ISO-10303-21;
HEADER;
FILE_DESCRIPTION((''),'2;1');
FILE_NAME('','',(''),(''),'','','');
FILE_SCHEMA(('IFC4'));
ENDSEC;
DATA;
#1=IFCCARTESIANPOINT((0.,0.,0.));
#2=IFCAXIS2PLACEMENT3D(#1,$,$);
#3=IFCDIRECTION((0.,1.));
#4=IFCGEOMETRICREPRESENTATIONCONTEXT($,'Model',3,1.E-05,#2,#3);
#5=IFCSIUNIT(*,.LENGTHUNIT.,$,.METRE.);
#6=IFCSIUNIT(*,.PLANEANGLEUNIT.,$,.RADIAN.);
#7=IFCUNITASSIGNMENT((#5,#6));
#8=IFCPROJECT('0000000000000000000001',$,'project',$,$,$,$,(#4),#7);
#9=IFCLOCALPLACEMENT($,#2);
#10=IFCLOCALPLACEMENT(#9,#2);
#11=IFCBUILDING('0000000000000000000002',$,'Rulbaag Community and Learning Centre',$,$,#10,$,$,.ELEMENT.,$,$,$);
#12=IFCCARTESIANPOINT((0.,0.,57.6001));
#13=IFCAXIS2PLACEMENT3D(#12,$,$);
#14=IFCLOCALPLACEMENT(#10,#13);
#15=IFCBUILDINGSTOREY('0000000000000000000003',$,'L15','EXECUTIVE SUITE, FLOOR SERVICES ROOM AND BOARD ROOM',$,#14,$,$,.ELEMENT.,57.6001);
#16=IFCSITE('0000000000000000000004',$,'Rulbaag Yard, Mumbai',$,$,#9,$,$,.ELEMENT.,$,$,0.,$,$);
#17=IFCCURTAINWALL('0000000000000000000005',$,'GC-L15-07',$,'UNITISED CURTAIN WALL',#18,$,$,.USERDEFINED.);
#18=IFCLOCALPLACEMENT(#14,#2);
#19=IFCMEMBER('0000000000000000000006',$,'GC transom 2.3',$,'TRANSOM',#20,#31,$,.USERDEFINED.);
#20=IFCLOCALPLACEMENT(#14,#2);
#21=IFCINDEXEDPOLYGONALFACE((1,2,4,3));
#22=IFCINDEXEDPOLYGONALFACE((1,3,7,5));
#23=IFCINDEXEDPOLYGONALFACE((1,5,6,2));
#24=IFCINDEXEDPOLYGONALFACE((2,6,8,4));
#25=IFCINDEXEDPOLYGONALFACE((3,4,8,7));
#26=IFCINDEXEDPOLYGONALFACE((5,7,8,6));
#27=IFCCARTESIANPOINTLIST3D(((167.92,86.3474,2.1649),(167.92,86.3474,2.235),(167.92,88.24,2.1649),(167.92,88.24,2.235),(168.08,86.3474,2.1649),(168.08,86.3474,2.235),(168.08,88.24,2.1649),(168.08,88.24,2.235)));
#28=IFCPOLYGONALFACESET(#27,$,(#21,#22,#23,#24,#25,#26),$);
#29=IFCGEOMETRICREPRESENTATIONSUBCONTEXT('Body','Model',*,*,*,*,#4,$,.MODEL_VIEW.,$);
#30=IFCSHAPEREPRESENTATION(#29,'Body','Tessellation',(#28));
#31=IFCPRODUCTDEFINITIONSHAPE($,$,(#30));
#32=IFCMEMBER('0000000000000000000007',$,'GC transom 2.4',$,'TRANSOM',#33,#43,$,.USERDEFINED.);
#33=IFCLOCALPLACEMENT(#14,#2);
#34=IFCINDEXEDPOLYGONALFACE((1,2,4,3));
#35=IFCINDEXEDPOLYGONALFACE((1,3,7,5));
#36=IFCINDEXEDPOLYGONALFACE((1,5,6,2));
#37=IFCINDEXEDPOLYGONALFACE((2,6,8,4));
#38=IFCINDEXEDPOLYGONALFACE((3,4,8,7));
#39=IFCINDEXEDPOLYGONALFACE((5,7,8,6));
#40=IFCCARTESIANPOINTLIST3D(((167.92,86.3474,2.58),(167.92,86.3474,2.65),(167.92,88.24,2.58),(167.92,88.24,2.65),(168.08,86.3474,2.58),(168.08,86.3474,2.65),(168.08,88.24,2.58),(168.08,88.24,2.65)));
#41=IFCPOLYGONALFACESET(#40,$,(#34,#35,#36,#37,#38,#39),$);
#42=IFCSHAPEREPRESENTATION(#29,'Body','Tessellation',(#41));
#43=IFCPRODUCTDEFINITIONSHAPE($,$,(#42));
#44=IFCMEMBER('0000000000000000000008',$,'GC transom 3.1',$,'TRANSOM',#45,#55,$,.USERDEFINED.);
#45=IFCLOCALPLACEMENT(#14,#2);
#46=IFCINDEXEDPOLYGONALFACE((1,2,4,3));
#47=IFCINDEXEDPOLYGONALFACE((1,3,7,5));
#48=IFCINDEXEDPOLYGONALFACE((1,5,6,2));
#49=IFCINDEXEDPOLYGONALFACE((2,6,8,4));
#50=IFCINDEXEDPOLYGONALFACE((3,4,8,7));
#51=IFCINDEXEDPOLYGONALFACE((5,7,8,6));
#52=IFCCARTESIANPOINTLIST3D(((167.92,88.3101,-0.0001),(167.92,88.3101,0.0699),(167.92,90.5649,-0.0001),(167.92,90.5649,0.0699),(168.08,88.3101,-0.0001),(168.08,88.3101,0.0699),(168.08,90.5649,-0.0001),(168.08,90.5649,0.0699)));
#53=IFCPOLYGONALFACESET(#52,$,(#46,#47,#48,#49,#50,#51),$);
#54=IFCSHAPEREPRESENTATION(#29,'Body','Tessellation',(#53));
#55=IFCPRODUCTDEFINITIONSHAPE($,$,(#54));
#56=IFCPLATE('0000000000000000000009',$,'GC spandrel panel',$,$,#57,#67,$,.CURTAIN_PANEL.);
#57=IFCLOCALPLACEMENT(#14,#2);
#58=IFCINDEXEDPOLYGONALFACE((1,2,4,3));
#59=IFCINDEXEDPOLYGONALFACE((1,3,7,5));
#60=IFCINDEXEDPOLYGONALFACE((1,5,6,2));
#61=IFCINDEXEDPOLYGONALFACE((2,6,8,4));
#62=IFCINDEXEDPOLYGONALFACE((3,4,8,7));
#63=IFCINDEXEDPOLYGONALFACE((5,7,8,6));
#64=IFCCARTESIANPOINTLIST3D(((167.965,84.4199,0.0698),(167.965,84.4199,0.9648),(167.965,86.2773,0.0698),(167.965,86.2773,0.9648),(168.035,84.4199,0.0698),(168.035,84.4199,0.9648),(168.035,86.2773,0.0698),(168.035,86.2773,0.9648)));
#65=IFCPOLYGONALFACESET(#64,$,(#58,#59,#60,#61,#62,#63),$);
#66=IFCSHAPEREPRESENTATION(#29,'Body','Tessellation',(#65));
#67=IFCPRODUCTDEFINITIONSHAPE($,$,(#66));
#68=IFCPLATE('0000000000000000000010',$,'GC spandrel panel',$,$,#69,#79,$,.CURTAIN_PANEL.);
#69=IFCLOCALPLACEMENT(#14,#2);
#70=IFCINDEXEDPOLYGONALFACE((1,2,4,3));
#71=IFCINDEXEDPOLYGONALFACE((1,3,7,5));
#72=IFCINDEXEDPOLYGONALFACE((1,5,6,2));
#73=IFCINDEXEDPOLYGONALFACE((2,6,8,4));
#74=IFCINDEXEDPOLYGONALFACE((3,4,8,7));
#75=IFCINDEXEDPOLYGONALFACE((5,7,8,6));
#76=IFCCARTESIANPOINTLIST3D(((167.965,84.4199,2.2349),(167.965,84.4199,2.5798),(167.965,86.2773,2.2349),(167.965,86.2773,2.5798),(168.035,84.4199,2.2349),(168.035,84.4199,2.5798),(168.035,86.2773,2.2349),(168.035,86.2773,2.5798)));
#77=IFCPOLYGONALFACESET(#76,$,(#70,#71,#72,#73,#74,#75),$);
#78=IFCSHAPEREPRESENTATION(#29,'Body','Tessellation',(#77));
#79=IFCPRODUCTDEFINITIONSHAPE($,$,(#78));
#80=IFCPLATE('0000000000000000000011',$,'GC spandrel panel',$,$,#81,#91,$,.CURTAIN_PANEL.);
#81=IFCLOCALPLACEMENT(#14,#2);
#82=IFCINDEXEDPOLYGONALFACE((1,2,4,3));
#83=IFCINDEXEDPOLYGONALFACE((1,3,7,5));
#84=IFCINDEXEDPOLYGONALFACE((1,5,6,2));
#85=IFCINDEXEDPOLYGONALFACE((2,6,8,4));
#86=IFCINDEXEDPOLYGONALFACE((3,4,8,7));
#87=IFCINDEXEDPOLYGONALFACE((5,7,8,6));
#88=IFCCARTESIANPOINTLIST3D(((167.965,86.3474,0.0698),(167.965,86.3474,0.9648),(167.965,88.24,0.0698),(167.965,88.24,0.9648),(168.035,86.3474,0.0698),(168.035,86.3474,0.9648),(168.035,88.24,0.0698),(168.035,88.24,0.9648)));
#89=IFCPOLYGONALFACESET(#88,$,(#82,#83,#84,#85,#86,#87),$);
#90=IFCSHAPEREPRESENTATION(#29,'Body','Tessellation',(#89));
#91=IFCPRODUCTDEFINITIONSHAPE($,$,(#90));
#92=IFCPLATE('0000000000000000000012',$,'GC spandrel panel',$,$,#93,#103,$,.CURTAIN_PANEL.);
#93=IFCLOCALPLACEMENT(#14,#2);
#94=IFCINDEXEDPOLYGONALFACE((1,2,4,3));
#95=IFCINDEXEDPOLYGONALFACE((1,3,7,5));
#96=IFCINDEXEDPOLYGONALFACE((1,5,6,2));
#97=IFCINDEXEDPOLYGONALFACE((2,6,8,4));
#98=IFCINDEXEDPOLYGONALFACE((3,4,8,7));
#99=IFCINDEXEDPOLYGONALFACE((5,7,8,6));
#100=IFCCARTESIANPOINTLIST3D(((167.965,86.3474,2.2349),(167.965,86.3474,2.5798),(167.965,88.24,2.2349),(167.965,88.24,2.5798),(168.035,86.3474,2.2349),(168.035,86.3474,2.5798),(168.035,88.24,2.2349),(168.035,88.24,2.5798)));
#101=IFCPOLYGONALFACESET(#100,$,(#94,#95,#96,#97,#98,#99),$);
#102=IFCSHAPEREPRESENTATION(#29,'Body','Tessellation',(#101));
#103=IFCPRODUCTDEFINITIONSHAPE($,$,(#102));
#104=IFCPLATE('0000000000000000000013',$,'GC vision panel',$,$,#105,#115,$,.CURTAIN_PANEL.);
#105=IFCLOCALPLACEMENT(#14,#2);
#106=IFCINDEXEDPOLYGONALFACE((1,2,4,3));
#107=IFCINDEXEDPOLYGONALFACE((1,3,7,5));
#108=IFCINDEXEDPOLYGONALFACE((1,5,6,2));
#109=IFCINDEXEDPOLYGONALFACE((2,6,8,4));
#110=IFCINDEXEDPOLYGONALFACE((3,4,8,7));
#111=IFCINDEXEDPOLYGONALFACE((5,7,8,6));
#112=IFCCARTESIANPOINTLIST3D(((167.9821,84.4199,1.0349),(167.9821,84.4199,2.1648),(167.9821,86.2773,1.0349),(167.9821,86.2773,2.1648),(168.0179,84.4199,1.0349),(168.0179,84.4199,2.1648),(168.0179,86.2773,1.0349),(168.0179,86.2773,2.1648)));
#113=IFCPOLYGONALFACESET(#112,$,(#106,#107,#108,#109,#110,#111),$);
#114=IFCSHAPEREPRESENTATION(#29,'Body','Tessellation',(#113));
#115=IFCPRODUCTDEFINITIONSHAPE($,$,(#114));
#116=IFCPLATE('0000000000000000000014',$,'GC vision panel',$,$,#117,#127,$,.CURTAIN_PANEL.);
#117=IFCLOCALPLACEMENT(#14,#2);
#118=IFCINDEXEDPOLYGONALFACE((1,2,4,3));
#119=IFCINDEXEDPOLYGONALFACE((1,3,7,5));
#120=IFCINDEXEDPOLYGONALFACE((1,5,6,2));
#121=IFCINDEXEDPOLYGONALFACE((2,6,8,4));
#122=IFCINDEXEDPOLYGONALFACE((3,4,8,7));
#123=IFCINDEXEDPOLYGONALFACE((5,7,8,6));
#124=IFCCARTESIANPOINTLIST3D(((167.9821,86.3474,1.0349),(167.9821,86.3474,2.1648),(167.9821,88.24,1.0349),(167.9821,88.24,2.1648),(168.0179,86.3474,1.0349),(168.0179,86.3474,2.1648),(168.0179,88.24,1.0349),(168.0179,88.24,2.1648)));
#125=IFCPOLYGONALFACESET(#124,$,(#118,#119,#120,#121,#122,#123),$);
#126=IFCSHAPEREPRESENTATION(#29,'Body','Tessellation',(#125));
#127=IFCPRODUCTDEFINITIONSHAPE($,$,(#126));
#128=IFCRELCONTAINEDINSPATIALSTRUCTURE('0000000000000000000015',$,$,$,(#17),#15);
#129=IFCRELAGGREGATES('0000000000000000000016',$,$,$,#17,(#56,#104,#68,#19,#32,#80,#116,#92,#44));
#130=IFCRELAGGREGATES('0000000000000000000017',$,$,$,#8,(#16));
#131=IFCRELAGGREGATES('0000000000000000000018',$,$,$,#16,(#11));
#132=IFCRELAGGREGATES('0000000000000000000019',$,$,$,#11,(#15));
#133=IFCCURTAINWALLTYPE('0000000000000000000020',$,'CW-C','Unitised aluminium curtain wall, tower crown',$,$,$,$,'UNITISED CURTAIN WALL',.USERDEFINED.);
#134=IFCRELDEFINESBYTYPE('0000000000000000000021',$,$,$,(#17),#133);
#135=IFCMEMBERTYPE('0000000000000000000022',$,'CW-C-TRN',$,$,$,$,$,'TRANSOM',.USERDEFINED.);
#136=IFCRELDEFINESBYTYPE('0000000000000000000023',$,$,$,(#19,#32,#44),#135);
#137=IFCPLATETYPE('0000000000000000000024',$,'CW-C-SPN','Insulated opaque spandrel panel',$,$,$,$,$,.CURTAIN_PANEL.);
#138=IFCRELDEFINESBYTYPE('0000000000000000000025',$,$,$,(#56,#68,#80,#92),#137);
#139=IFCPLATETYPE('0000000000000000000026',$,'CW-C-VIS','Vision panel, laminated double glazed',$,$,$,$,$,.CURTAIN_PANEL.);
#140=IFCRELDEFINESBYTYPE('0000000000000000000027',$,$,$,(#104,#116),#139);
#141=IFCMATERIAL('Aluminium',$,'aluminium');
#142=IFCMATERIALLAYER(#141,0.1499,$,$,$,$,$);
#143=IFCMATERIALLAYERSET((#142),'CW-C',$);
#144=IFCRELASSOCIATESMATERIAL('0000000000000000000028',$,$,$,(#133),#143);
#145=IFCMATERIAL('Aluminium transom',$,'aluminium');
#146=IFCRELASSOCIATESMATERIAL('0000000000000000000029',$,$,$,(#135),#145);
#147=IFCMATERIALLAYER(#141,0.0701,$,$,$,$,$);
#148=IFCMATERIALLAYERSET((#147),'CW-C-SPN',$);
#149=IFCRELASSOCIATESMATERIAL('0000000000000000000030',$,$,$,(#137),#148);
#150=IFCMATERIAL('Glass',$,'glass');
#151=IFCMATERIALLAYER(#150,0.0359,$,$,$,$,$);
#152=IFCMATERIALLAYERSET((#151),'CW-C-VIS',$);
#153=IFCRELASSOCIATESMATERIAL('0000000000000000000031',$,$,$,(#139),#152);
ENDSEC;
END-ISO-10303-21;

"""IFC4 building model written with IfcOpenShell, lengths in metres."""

from ifc_helpers import new_model, si_unit, direction, frame, origin, origin_2d, place, context, subcontext, project, spatial, rectangle, extrude, material, layer, layer_set, material_profile, profile_set, type_object, element, aggregate, save


model = new_model("IFC4")

# Units and contexts
model_context = context("Model", 3, precision=1e-05, world=origin(), true_north=direction((0.0, 1.0)))
body_context = subcontext(model_context, "Body", "Model", "MODEL_VIEW")
ifc_project = project(units=[si_unit("LENGTHUNIT", "METRE"), si_unit("PLANEANGLEUNIT", "RADIAN")], contexts=[model_context])

# Site, building, storey
site_placement = place(None, origin())
site = spatial("IfcSite", under=ifc_project, at=site_placement, Name="Rulbaag Yard, Mumbai", CompositionType="ELEMENT", RefElevation=0.0)
building_placement = place(site_placement, origin())
building = spatial("IfcBuilding", under=site, at=building_placement, Name="Rulbaag Community and Learning Centre", CompositionType="ELEMENT")
storey_placement = place(building_placement, frame((0.0, 0.0, 57.6001)))
storey = spatial("IfcBuildingStorey", under=building, at=storey_placement, Name="L15", Description="EXECUTIVE SUITE, FLOOR SERVICES ROOM AND BOARD ROOM", CompositionType="ELEMENT", Elevation=57.6001)

# Shared definitions
ifc_material_1 = material(Name="Aluminium", Category="aluminium")
ifc_layer_1 = layer(ifc_material_1, 0.1499)
ifc_layer_set_1 = layer_set([ifc_layer_1], Name="CW-C")
curtain_wall_type = type_object("IfcCurtainWallType", Name="CW-C", Description="Unitised aluminium curtain wall, tower crown", ElementType="UNITISED CURTAIN WALL", PredefinedType="USERDEFINED", material=ifc_layer_set_1)

# Curtain wall, members, plates
curtain_wall_1_placement = place(storey_placement, origin())
curtain_wall_1 = element("IfcCurtainWall", 1, at=curtain_wall_1_placement, inside=storey, type_object=curtain_wall_type, Name="GC-L15-07", ObjectType="UNITISED CURTAIN WALL", PredefinedType="USERDEFINED")
ifc_material_2 = material(Name="Aluminium transom", Category="aluminium")
ifc_material_profile_1 = material_profile(ifc_material_2, rectangle(XDim=0.1599, YDim=0.0701, at=origin_2d()), Name="AL 70x160 T")
ifc_profile_set_1 = profile_set([ifc_material_profile_1], Name="Aluminium transom")
member_type_1 = type_object("IfcMemberType", Name="CW-C-TRN", ElementType="TRANSOM", PredefinedType="USERDEFINED", material=ifc_profile_set_1)
member_1_placement = place(storey_placement, frame((168.0, 86.3474, 2.2), z_axis=(0.0, 1.0, 0.0), x_axis=(-1.0, 0.0, 0.0)))
member_1 = element("IfcMember", 2, at=member_1_placement, type_object=member_type_1, Name="GC transom 2.3", ObjectType="TRANSOM", PredefinedType="USERDEFINED", context=body_context, shape_type="SweptSolid", body=[
    extrude(rectangle(XDim=0.1599, YDim=0.0701, at=origin_2d()), origin(), (0.0, 0.0, 1.0), 1.8926),
])
member_2_placement = place(storey_placement, frame((168.0, 86.3474, 2.615), z_axis=(0.0, 1.0, 0.0), x_axis=(-1.0, 0.0, 0.0)))
member_2 = element("IfcMember", 3, at=member_2_placement, type_object=member_type_1, Name="GC transom 2.4", ObjectType="TRANSOM", PredefinedType="USERDEFINED", context=body_context, shape_type="SweptSolid", body=[
    extrude(rectangle(XDim=0.1599, YDim=0.0701, at=origin_2d()), origin(), (0.0, 0.0, 1.0), 1.8926),
])
member_3_placement = place(storey_placement, frame((168.0, 88.3101, 0.0349), z_axis=(0.0, 1.0, 0.0), x_axis=(-1.0, 0.0, 0.0)))
member_3 = element("IfcMember", 4, at=member_3_placement, type_object=member_type_1, Name="GC transom 3.1", ObjectType="TRANSOM", PredefinedType="USERDEFINED", context=body_context, shape_type="SweptSolid", body=[
    extrude(rectangle(XDim=0.1599, YDim=0.0701, at=origin_2d()), origin(), (0.0, 0.0, 1.0), 2.2549),
])
ifc_layer_2 = layer(ifc_material_1, 0.0701)
ifc_layer_set_2 = layer_set([ifc_layer_2], Name="CW-C-SPN")
plate_type_1 = type_object("IfcPlateType", Name="CW-C-SPN", Description="Insulated opaque spandrel panel", PredefinedType="CURTAIN_PANEL", material=ifc_layer_set_2)
plate_1_placement = place(storey_placement, frame((168.0, 85.3486, 0.0698), z_axis=(0.0, 0.0, 1.0), x_axis=(0.0, 1.0, 0.0)))
plate_1 = element("IfcPlate", 5, at=plate_1_placement, type_object=plate_type_1, Name="GC spandrel panel", PredefinedType="CURTAIN_PANEL", context=body_context, shape_type="SweptSolid", body=[
    extrude(rectangle(XDim=1.8574, YDim=0.0701, at=origin_2d()), origin(), (0.0, 0.0, 1.0), 0.895),
])
plate_2_placement = place(storey_placement, frame((168.0, 85.3486, 2.2349), z_axis=(0.0, 0.0, 1.0), x_axis=(0.0, 1.0, 0.0)))
plate_2 = element("IfcPlate", 6, at=plate_2_placement, type_object=plate_type_1, Name="GC spandrel panel", PredefinedType="CURTAIN_PANEL", context=body_context, shape_type="SweptSolid", body=[
    extrude(rectangle(XDim=1.8574, YDim=0.0701, at=origin_2d()), origin(), (0.0, 0.0, 1.0), 0.345),
])
plate_3_placement = place(storey_placement, frame((168.0, 87.2937, 0.0698), z_axis=(0.0, 0.0, 1.0), x_axis=(0.0, 1.0, 0.0)))
plate_3 = element("IfcPlate", 7, at=plate_3_placement, type_object=plate_type_1, Name="GC spandrel panel", PredefinedType="CURTAIN_PANEL", context=body_context, shape_type="SweptSolid", body=[
    extrude(rectangle(XDim=1.8926, YDim=0.0701, at=origin_2d()), origin(), (0.0, 0.0, 1.0), 0.895),
])
plate_4_placement = place(storey_placement, frame((168.0, 87.2937, 2.2349), z_axis=(0.0, 0.0, 1.0), x_axis=(0.0, 1.0, 0.0)))
plate_4 = element("IfcPlate", 8, at=plate_4_placement, type_object=plate_type_1, Name="GC spandrel panel", PredefinedType="CURTAIN_PANEL", context=body_context, shape_type="SweptSolid", body=[
    extrude(rectangle(XDim=1.8926, YDim=0.0701, at=origin_2d()), origin(), (0.0, 0.0, 1.0), 0.345),
])
ifc_material_3 = material(Name="Glass", Category="glass")
ifc_layer_3 = layer(ifc_material_3, 0.0359)
ifc_layer_set_3 = layer_set([ifc_layer_3], Name="CW-C-VIS")
plate_type_2 = type_object("IfcPlateType", Name="CW-C-VIS", Description="Vision panel, laminated double glazed", PredefinedType="CURTAIN_PANEL", material=ifc_layer_set_3)
plate_5_placement = place(storey_placement, frame((168.0, 85.3486, 1.0349), z_axis=(0.0, 0.0, 1.0), x_axis=(0.0, 1.0, 0.0)))
plate_5 = element("IfcPlate", 9, at=plate_5_placement, type_object=plate_type_2, Name="GC vision panel", PredefinedType="CURTAIN_PANEL", context=body_context, shape_type="SweptSolid", body=[
    extrude(rectangle(XDim=1.8574, YDim=0.0359, at=origin_2d()), origin(), (0.0, 0.0, 1.0), 1.1299),
])
plate_6_placement = place(storey_placement, frame((168.0, 87.2937, 1.0349), z_axis=(0.0, 0.0, 1.0), x_axis=(0.0, 1.0, 0.0)))
plate_6 = element("IfcPlate", 10, at=plate_6_placement, type_object=plate_type_2, Name="GC vision panel", PredefinedType="CURTAIN_PANEL", context=body_context, shape_type="SweptSolid", body=[
    extrude(rectangle(XDim=1.8926, YDim=0.0359, at=origin_2d()), origin(), (0.0, 0.0, 1.0), 1.1299),
])
aggregate(curtain_wall_1, [plate_1, plate_5, plate_2, member_1, member_2, plate_3, plate_6, plate_4, member_3])

save(model, "model.ifc")
